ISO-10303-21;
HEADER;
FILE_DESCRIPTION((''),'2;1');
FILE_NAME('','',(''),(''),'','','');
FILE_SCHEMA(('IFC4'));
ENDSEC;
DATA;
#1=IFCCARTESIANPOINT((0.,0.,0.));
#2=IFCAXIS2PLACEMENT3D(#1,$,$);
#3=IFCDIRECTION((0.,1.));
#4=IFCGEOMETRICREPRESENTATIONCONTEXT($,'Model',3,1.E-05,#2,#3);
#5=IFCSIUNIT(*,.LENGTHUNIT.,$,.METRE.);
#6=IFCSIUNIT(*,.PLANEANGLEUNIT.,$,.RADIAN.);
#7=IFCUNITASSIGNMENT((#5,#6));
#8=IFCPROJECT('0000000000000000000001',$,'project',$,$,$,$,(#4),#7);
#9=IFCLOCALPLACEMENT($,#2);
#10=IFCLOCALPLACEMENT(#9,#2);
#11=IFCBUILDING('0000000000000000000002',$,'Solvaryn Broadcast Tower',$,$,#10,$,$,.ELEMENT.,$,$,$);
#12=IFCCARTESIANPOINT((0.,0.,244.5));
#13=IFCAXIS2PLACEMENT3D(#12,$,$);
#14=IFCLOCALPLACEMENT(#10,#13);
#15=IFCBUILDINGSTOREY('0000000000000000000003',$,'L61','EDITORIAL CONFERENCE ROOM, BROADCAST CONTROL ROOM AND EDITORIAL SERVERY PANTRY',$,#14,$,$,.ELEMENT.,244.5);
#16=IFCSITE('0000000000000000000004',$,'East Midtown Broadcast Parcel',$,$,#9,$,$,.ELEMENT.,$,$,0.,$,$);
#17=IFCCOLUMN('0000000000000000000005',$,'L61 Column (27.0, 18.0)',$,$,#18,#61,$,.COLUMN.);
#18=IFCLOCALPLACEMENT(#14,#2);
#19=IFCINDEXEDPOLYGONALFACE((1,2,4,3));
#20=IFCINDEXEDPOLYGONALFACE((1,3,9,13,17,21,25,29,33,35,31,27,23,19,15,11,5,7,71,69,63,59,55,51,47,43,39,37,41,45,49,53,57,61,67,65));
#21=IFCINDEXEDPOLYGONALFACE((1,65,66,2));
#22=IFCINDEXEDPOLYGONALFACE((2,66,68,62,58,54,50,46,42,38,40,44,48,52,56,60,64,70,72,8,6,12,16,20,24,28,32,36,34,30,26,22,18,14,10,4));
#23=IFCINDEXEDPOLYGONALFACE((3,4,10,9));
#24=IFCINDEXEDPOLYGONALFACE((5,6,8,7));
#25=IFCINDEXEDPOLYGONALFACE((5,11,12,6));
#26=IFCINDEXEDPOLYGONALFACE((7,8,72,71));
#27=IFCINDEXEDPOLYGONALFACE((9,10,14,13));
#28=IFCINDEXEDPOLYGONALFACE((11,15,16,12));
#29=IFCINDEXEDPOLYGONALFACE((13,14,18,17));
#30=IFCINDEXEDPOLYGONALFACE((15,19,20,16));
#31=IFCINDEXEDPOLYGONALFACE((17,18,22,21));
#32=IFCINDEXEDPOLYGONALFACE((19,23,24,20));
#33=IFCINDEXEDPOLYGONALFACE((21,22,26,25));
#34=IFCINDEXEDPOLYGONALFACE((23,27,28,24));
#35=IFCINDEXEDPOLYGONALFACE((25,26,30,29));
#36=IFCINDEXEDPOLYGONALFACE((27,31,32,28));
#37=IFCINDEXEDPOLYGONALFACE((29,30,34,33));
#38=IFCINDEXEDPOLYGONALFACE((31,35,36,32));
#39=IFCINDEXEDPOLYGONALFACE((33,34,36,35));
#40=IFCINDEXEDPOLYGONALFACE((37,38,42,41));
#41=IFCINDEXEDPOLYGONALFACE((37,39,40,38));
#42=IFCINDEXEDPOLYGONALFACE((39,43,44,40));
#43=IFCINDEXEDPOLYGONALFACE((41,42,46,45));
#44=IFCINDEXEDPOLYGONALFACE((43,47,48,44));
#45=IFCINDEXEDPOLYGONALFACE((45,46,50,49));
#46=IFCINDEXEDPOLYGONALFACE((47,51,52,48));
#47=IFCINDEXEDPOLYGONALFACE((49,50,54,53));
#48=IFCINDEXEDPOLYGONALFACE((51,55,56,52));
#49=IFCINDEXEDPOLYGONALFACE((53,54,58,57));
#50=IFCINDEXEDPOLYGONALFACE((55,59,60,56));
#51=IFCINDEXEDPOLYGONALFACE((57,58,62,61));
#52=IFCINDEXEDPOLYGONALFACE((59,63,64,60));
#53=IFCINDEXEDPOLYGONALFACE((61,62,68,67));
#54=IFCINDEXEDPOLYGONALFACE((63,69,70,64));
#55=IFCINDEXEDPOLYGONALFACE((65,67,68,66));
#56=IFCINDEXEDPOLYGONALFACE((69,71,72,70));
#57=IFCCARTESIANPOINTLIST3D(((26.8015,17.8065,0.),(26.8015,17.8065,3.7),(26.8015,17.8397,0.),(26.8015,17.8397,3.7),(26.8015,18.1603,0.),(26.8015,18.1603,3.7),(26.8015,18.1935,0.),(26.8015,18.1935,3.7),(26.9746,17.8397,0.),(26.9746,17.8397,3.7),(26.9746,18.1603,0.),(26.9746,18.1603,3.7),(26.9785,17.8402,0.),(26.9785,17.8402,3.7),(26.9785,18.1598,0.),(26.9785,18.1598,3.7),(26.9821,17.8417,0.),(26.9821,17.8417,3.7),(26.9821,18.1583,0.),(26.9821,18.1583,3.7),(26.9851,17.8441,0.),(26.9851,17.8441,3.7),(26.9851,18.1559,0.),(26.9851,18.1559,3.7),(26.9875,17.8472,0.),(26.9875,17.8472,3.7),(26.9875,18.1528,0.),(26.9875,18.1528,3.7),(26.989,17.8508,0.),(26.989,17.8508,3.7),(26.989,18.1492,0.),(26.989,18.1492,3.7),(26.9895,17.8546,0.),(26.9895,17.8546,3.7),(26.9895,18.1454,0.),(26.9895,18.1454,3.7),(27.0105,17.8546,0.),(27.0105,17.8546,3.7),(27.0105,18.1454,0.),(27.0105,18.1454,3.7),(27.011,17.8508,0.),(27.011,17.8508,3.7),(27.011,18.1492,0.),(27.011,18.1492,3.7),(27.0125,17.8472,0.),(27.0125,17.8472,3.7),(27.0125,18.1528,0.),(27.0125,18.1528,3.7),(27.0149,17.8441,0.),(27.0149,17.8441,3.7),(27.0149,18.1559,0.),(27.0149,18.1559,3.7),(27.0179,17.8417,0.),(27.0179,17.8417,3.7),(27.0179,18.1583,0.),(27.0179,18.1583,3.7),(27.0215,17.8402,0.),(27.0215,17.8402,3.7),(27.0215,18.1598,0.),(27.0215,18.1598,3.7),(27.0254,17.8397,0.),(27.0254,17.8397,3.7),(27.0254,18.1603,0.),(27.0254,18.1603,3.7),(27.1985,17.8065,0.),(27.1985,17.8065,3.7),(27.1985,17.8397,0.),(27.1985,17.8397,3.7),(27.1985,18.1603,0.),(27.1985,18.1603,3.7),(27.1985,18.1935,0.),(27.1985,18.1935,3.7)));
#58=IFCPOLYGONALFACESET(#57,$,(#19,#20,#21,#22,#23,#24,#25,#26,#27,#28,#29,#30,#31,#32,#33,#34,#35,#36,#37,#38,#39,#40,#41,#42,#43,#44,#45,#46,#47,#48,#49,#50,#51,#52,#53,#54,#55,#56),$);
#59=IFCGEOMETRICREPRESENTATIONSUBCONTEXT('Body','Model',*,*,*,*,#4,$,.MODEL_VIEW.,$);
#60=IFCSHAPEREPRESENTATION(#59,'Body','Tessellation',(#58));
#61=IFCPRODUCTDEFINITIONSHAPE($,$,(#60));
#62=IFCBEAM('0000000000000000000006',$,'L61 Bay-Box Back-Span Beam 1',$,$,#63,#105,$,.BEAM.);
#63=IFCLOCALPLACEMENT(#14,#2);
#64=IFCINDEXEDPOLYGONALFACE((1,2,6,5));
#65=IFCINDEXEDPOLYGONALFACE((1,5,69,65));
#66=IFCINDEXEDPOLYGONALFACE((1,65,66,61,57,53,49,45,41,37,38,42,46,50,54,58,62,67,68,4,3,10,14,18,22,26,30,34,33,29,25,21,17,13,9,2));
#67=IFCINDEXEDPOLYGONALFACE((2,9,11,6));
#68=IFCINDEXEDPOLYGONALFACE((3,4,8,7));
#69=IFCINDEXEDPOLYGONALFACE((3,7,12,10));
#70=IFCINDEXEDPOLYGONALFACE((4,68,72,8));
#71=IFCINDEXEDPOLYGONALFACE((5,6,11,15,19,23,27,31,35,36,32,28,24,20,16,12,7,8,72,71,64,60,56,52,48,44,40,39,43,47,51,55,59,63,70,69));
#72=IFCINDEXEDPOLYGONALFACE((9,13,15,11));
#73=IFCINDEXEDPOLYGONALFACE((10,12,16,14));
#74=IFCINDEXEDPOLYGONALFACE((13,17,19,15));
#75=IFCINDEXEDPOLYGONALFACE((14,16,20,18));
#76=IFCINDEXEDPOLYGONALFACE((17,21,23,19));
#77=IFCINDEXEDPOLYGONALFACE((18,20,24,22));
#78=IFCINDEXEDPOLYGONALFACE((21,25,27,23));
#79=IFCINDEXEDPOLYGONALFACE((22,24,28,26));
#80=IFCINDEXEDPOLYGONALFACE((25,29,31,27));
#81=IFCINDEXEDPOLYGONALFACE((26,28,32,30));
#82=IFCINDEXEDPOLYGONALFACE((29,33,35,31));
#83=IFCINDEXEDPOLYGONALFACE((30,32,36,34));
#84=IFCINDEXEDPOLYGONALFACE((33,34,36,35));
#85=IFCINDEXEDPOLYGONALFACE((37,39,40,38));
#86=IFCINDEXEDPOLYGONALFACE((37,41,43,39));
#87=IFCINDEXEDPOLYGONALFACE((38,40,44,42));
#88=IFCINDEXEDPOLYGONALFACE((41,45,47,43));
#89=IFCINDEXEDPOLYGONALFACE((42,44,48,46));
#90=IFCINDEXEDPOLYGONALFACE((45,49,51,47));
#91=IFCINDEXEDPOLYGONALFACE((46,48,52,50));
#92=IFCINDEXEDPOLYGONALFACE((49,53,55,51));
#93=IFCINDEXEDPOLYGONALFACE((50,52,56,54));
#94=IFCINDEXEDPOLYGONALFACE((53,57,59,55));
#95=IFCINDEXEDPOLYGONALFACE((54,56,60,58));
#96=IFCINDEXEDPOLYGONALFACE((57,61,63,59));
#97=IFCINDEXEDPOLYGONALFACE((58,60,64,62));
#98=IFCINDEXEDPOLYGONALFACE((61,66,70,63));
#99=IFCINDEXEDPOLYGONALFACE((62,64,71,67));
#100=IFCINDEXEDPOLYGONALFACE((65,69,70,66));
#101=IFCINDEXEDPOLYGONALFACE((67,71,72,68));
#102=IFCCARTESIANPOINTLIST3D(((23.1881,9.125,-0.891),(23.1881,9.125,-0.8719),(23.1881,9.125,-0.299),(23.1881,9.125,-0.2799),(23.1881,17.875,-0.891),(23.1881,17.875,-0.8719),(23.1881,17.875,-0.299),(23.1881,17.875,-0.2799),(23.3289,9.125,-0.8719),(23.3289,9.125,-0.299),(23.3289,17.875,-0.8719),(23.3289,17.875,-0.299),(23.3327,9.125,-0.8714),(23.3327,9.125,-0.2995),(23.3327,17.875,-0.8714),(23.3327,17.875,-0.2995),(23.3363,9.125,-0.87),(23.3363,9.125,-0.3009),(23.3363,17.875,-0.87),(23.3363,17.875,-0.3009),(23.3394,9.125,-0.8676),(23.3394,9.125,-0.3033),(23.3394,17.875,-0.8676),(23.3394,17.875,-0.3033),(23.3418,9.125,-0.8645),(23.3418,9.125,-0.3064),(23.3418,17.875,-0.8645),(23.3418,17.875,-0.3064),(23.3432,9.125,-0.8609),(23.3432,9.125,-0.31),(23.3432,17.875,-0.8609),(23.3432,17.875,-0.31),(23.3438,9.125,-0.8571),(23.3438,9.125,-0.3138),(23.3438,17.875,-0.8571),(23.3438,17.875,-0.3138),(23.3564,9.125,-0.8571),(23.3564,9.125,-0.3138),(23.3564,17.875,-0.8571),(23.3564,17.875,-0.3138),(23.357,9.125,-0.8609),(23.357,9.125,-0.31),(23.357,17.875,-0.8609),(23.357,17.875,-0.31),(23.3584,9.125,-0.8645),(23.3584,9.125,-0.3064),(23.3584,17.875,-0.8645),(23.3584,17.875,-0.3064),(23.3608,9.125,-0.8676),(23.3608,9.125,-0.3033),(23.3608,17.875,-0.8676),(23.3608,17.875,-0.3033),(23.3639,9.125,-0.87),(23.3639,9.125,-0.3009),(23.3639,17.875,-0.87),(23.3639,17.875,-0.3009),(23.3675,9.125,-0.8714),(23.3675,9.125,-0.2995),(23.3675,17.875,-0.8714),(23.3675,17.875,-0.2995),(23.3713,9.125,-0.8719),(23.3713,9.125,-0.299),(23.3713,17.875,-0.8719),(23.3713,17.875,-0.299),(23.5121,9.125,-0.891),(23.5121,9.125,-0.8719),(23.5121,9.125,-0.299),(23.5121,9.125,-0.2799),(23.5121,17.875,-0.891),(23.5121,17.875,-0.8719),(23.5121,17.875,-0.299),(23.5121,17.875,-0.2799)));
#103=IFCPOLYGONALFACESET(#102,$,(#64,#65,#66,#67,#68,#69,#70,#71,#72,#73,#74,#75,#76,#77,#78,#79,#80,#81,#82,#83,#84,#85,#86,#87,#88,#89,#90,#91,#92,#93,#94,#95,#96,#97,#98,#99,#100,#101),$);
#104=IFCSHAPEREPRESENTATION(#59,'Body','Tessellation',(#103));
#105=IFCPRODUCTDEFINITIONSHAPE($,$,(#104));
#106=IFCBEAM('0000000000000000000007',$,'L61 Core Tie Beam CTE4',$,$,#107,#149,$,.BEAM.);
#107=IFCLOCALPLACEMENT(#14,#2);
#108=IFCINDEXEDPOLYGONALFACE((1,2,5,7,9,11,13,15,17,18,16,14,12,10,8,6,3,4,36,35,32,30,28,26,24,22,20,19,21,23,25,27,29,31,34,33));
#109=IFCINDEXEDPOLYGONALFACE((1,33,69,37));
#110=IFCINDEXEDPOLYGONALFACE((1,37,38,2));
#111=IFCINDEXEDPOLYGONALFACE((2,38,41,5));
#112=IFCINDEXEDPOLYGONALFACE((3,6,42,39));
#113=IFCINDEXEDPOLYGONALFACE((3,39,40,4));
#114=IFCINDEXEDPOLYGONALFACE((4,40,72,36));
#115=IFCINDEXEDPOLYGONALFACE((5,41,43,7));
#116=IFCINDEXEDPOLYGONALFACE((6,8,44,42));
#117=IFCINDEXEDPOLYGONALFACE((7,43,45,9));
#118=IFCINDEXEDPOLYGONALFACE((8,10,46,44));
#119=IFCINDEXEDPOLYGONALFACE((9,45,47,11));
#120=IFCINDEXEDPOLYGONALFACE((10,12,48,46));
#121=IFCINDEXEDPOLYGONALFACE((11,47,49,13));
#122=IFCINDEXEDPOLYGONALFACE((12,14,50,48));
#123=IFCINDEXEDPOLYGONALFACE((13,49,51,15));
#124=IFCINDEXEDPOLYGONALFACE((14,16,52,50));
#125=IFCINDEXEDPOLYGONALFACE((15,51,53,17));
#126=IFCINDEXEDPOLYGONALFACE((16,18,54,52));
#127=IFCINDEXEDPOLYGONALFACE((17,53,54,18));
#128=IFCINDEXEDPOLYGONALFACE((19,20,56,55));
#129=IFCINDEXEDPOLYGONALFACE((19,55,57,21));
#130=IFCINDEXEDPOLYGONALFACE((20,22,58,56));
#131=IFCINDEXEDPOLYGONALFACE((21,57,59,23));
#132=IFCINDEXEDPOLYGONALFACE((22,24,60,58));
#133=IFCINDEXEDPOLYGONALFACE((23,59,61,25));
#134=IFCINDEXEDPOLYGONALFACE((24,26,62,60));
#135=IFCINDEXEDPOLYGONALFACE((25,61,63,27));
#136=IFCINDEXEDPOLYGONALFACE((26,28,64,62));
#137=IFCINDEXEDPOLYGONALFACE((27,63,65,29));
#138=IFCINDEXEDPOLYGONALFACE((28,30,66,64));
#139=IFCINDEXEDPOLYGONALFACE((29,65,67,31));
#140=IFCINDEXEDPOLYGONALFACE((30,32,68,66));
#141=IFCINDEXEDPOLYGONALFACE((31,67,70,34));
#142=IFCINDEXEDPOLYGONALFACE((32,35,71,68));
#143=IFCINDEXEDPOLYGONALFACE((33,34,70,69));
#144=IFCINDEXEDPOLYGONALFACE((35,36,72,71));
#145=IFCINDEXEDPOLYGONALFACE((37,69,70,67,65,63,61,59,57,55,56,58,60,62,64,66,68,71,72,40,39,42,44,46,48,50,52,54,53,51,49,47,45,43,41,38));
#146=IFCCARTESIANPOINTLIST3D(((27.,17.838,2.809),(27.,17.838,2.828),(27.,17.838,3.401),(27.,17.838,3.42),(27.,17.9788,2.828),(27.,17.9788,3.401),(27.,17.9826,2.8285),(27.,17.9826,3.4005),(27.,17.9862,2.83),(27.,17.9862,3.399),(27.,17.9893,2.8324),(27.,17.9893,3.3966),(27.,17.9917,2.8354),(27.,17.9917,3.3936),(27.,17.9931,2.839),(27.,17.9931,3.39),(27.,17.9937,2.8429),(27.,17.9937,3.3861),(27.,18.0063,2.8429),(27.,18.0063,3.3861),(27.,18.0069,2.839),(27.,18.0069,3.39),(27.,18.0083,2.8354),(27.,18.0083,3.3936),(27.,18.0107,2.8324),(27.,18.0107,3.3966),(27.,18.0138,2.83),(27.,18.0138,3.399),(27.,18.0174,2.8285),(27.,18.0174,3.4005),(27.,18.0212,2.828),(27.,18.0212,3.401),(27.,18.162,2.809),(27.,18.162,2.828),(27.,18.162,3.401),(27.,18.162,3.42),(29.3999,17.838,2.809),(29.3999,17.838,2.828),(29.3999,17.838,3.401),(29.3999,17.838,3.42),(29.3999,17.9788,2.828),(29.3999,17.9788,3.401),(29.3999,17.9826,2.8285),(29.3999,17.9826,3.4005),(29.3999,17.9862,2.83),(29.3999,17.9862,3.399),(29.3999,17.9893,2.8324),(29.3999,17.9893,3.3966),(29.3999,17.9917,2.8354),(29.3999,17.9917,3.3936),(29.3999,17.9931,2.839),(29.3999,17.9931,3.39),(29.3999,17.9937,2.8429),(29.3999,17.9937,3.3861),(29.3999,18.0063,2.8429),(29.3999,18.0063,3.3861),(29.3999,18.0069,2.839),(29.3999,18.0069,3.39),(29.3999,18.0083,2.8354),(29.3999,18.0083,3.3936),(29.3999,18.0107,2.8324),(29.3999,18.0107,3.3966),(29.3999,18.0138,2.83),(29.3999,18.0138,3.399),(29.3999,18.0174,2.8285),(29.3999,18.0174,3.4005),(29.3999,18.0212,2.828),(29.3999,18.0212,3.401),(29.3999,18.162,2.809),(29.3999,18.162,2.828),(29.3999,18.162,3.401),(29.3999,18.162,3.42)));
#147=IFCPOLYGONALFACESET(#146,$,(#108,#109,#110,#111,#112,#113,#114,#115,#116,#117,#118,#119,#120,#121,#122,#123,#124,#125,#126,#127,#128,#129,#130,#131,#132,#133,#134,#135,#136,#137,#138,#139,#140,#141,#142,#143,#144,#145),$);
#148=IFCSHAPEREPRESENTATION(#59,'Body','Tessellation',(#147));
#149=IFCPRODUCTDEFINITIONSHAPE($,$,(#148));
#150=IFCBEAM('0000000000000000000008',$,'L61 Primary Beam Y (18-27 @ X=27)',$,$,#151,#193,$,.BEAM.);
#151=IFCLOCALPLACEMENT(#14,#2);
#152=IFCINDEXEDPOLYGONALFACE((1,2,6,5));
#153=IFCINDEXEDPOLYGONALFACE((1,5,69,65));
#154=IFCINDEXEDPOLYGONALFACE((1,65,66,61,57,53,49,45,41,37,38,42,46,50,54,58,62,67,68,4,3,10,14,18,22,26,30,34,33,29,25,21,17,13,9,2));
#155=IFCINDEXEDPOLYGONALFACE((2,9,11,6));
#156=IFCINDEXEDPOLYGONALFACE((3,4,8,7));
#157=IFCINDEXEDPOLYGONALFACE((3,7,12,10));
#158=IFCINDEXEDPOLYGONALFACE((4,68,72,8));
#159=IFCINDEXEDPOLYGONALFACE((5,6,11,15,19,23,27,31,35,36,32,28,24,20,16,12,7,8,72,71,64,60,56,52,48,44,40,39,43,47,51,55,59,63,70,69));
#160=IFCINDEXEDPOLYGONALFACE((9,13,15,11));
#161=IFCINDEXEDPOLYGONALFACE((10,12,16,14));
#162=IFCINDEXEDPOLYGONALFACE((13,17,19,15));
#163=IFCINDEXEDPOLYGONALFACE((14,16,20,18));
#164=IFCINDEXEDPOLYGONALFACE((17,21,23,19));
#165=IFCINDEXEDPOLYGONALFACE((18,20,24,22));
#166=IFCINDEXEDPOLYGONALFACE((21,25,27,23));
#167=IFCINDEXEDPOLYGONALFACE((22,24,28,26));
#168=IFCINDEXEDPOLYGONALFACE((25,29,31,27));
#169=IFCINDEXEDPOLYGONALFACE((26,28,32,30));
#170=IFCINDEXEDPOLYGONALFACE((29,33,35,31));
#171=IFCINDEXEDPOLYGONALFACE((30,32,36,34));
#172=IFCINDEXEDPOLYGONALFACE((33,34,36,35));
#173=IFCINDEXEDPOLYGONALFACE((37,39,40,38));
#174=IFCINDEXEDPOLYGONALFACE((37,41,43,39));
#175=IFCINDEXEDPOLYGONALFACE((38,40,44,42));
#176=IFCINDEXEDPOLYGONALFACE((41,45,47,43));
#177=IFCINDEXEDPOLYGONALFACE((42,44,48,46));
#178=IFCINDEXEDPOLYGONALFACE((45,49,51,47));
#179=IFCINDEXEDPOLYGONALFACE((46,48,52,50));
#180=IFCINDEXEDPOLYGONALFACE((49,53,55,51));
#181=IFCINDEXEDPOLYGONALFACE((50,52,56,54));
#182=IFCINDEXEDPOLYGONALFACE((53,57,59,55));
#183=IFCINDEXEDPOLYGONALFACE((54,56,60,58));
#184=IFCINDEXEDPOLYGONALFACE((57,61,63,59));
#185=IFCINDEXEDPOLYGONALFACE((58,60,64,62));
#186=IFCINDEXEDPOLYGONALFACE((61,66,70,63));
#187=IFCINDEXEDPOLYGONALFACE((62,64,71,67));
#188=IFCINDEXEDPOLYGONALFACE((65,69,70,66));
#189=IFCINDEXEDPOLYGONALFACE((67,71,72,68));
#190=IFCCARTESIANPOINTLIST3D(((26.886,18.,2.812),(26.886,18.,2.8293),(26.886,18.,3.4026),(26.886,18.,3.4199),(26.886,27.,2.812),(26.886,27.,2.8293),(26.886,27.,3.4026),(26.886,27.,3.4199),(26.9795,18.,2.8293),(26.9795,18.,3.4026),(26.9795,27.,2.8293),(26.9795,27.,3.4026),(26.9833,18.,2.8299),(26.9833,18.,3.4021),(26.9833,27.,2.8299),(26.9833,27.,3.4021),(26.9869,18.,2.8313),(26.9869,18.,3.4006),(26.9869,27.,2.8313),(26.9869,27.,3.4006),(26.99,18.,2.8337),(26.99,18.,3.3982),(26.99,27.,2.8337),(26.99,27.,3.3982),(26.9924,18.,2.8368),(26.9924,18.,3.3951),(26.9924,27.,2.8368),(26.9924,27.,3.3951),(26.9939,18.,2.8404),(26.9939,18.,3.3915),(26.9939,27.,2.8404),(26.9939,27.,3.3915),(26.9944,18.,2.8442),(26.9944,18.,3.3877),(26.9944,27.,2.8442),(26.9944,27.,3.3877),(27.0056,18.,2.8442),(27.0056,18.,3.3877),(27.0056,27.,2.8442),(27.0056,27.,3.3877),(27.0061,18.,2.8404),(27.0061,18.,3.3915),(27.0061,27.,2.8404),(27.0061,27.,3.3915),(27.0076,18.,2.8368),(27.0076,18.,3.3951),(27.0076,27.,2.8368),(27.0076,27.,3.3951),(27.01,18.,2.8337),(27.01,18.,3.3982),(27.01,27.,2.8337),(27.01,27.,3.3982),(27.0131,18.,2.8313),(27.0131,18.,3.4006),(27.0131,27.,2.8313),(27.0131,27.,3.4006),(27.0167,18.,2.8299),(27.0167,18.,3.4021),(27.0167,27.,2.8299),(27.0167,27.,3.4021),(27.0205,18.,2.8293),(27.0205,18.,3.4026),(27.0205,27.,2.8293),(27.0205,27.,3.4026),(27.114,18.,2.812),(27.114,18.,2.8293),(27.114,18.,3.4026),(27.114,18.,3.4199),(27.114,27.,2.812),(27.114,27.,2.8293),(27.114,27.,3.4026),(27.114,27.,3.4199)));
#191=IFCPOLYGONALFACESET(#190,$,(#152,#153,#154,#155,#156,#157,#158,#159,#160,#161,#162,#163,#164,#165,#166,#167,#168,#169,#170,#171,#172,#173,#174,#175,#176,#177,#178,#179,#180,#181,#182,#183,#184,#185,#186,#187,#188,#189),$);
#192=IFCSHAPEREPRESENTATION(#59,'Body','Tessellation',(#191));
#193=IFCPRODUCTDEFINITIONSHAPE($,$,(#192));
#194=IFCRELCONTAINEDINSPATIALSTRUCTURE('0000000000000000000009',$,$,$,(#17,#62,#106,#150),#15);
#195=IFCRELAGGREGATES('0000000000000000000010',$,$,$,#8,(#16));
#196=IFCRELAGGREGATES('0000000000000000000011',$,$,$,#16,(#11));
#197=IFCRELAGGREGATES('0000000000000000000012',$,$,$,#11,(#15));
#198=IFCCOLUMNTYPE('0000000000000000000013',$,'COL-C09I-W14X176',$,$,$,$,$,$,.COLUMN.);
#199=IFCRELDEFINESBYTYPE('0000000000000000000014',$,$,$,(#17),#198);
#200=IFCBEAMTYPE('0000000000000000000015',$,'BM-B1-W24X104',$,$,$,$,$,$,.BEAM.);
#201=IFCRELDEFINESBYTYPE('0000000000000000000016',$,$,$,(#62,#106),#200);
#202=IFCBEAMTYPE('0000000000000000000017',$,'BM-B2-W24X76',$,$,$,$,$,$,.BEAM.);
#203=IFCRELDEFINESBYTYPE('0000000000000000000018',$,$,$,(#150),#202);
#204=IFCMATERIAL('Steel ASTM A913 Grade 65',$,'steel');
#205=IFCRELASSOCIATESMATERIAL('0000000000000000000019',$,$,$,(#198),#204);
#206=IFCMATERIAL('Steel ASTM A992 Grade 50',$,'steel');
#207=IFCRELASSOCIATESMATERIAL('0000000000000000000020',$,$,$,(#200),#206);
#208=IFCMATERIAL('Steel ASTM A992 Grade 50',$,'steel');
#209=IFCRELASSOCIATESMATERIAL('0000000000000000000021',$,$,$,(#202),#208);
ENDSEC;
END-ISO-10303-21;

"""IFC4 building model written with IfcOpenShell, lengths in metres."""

from ifc_helpers import new_model, si_unit, direction, frame, origin, origin_2d, place, context, subcontext, project, spatial, i_section, extrude, material, material_profile, profile_set, type_object, element, save


model = new_model("IFC4")

# Units and contexts
model_context = context("Model", 3, precision=1e-05, world=origin(), true_north=direction((0.0, 1.0)))
body_context = subcontext(model_context, "Body", "Model", "MODEL_VIEW")
ifc_project = project(units=[si_unit("LENGTHUNIT", "METRE"), si_unit("PLANEANGLEUNIT", "RADIAN")], contexts=[model_context])

# Site, building, storey
site_placement = place(None, origin())
site = spatial("IfcSite", under=ifc_project, at=site_placement, Name="East Midtown Broadcast Parcel", CompositionType="ELEMENT", RefElevation=0.0)
building_placement = place(site_placement, origin())
building = spatial("IfcBuilding", under=site, at=building_placement, Name="Solvaryn Broadcast Tower", CompositionType="ELEMENT")
storey_placement = place(building_placement, frame((0.0, 0.0, 244.5)))
storey = spatial("IfcBuildingStorey", under=building, at=storey_placement, Name="L61", Description="EDITORIAL CONFERENCE ROOM, BROADCAST CONTROL ROOM AND EDITORIAL SERVERY PANTRY", CompositionType="ELEMENT", Elevation=244.5)

# Column
ifc_material_1 = material(Name="Steel ASTM A913 Grade 65", Category="steel")
ifc_material_profile_1 = material_profile(ifc_material_1, i_section(OverallWidth=0.397, OverallDepth=0.387, WebThickness=0.021, FlangeThickness=0.0332, FilletRadius=0.0149, at=origin_2d()))
ifc_profile_set_1 = profile_set([ifc_material_profile_1], Name="Steel ASTM A913 Grade 65")
column_type = type_object("IfcColumnType", Name="COL-C09I-W14X176", PredefinedType="COLUMN", material=ifc_profile_set_1)
column_placement = place(storey_placement, frame((27.0, 18.0, 0.0), z_axis=(0.0, 0.0, 1.0), x_axis=(1.0, 0.0, 0.0)))
element("IfcColumn", 1, at=column_placement, inside=storey, type_object=column_type, Name="L61 Column (27.0, 18.0)", PredefinedType="COLUMN", context=body_context, shape_type="SweptSolid", body=[
    extrude(i_section(OverallWidth=0.397, OverallDepth=0.387, WebThickness=0.021, FlangeThickness=0.0332, FilletRadius=0.0149, at=origin_2d()), origin(), (0.0, 0.0, 1.0), 3.7),
])

# Beams
ifc_material_2 = material(Name="Steel ASTM A992 Grade 50", Category="steel")
ifc_material_profile_2 = material_profile(ifc_material_2, i_section(OverallWidth=0.324, OverallDepth=0.6111, WebThickness=0.0127, FlangeThickness=0.019, FilletRadius=0.0149, at=origin_2d()))
ifc_profile_set_2 = profile_set([ifc_material_profile_2], Name="Steel ASTM A992 Grade 50")
beam_type_1 = type_object("IfcBeamType", Name="BM-B1-W24X104", PredefinedType="BEAM", material=ifc_profile_set_2)
beam_1_placement = place(storey_placement, frame((23.3501, 17.875, -0.5854), z_axis=(0.0, -1.0, 0.0), x_axis=(1.0, 0.0, 0.0)))
element("IfcBeam", 2, at=beam_1_placement, inside=storey, type_object=beam_type_1, Name="L61 Bay-Box Back-Span Beam 1", PredefinedType="BEAM", context=body_context, shape_type="SweptSolid", body=[
    extrude(i_section(OverallWidth=0.324, OverallDepth=0.6111, WebThickness=0.0127, FlangeThickness=0.019, FilletRadius=0.0149, at=origin_2d()), origin(), (0.0, 0.0, 1.0), 8.75),
])
beam_2_placement = place(storey_placement, frame((27.0, 18.0, 3.1145), z_axis=(1.0, 0.0, 0.0), x_axis=(0.0, 1.0, 0.0)))
element("IfcBeam", 3, at=beam_2_placement, inside=storey, type_object=beam_type_1, Name="L61 Core Tie Beam CTE4", PredefinedType="BEAM", context=body_context, shape_type="SweptSolid", body=[
    extrude(i_section(OverallWidth=0.324, OverallDepth=0.6111, WebThickness=0.0127, FlangeThickness=0.019, FilletRadius=0.0149, at=origin_2d()), origin(), (0.0, 0.0, 1.0), 2.3999),
])
ifc_material_3 = material(Name="Steel ASTM A992 Grade 50", Category="steel")
ifc_material_profile_3 = material_profile(ifc_material_3, i_section(OverallWidth=0.228, OverallDepth=0.6079, WebThickness=0.0112, FlangeThickness=0.0173, FilletRadius=0.0149, at=origin_2d()))
ifc_profile_set_3 = profile_set([ifc_material_profile_3], Name="Steel ASTM A992 Grade 50")
beam_type_2 = type_object("IfcBeamType", Name="BM-B2-W24X76", PredefinedType="BEAM", material=ifc_profile_set_3)
beam_3_placement = place(storey_placement, frame((27.0, 18.0, 3.116), z_axis=(0.0, 1.0, 0.0), x_axis=(-1.0, 0.0, 0.0)))
element("IfcBeam", 4, at=beam_3_placement, inside=storey, type_object=beam_type_2, Name="L61 Primary Beam Y (18-27 @ X=27)", PredefinedType="BEAM", context=body_context, shape_type="SweptSolid", body=[
    extrude(i_section(OverallWidth=0.228, OverallDepth=0.6079, WebThickness=0.0112, FlangeThickness=0.0173, FilletRadius=0.0149, at=origin_2d()), origin(), (0.0, 0.0, 1.0), 9.0),
])

save(model, "model.ifc")
